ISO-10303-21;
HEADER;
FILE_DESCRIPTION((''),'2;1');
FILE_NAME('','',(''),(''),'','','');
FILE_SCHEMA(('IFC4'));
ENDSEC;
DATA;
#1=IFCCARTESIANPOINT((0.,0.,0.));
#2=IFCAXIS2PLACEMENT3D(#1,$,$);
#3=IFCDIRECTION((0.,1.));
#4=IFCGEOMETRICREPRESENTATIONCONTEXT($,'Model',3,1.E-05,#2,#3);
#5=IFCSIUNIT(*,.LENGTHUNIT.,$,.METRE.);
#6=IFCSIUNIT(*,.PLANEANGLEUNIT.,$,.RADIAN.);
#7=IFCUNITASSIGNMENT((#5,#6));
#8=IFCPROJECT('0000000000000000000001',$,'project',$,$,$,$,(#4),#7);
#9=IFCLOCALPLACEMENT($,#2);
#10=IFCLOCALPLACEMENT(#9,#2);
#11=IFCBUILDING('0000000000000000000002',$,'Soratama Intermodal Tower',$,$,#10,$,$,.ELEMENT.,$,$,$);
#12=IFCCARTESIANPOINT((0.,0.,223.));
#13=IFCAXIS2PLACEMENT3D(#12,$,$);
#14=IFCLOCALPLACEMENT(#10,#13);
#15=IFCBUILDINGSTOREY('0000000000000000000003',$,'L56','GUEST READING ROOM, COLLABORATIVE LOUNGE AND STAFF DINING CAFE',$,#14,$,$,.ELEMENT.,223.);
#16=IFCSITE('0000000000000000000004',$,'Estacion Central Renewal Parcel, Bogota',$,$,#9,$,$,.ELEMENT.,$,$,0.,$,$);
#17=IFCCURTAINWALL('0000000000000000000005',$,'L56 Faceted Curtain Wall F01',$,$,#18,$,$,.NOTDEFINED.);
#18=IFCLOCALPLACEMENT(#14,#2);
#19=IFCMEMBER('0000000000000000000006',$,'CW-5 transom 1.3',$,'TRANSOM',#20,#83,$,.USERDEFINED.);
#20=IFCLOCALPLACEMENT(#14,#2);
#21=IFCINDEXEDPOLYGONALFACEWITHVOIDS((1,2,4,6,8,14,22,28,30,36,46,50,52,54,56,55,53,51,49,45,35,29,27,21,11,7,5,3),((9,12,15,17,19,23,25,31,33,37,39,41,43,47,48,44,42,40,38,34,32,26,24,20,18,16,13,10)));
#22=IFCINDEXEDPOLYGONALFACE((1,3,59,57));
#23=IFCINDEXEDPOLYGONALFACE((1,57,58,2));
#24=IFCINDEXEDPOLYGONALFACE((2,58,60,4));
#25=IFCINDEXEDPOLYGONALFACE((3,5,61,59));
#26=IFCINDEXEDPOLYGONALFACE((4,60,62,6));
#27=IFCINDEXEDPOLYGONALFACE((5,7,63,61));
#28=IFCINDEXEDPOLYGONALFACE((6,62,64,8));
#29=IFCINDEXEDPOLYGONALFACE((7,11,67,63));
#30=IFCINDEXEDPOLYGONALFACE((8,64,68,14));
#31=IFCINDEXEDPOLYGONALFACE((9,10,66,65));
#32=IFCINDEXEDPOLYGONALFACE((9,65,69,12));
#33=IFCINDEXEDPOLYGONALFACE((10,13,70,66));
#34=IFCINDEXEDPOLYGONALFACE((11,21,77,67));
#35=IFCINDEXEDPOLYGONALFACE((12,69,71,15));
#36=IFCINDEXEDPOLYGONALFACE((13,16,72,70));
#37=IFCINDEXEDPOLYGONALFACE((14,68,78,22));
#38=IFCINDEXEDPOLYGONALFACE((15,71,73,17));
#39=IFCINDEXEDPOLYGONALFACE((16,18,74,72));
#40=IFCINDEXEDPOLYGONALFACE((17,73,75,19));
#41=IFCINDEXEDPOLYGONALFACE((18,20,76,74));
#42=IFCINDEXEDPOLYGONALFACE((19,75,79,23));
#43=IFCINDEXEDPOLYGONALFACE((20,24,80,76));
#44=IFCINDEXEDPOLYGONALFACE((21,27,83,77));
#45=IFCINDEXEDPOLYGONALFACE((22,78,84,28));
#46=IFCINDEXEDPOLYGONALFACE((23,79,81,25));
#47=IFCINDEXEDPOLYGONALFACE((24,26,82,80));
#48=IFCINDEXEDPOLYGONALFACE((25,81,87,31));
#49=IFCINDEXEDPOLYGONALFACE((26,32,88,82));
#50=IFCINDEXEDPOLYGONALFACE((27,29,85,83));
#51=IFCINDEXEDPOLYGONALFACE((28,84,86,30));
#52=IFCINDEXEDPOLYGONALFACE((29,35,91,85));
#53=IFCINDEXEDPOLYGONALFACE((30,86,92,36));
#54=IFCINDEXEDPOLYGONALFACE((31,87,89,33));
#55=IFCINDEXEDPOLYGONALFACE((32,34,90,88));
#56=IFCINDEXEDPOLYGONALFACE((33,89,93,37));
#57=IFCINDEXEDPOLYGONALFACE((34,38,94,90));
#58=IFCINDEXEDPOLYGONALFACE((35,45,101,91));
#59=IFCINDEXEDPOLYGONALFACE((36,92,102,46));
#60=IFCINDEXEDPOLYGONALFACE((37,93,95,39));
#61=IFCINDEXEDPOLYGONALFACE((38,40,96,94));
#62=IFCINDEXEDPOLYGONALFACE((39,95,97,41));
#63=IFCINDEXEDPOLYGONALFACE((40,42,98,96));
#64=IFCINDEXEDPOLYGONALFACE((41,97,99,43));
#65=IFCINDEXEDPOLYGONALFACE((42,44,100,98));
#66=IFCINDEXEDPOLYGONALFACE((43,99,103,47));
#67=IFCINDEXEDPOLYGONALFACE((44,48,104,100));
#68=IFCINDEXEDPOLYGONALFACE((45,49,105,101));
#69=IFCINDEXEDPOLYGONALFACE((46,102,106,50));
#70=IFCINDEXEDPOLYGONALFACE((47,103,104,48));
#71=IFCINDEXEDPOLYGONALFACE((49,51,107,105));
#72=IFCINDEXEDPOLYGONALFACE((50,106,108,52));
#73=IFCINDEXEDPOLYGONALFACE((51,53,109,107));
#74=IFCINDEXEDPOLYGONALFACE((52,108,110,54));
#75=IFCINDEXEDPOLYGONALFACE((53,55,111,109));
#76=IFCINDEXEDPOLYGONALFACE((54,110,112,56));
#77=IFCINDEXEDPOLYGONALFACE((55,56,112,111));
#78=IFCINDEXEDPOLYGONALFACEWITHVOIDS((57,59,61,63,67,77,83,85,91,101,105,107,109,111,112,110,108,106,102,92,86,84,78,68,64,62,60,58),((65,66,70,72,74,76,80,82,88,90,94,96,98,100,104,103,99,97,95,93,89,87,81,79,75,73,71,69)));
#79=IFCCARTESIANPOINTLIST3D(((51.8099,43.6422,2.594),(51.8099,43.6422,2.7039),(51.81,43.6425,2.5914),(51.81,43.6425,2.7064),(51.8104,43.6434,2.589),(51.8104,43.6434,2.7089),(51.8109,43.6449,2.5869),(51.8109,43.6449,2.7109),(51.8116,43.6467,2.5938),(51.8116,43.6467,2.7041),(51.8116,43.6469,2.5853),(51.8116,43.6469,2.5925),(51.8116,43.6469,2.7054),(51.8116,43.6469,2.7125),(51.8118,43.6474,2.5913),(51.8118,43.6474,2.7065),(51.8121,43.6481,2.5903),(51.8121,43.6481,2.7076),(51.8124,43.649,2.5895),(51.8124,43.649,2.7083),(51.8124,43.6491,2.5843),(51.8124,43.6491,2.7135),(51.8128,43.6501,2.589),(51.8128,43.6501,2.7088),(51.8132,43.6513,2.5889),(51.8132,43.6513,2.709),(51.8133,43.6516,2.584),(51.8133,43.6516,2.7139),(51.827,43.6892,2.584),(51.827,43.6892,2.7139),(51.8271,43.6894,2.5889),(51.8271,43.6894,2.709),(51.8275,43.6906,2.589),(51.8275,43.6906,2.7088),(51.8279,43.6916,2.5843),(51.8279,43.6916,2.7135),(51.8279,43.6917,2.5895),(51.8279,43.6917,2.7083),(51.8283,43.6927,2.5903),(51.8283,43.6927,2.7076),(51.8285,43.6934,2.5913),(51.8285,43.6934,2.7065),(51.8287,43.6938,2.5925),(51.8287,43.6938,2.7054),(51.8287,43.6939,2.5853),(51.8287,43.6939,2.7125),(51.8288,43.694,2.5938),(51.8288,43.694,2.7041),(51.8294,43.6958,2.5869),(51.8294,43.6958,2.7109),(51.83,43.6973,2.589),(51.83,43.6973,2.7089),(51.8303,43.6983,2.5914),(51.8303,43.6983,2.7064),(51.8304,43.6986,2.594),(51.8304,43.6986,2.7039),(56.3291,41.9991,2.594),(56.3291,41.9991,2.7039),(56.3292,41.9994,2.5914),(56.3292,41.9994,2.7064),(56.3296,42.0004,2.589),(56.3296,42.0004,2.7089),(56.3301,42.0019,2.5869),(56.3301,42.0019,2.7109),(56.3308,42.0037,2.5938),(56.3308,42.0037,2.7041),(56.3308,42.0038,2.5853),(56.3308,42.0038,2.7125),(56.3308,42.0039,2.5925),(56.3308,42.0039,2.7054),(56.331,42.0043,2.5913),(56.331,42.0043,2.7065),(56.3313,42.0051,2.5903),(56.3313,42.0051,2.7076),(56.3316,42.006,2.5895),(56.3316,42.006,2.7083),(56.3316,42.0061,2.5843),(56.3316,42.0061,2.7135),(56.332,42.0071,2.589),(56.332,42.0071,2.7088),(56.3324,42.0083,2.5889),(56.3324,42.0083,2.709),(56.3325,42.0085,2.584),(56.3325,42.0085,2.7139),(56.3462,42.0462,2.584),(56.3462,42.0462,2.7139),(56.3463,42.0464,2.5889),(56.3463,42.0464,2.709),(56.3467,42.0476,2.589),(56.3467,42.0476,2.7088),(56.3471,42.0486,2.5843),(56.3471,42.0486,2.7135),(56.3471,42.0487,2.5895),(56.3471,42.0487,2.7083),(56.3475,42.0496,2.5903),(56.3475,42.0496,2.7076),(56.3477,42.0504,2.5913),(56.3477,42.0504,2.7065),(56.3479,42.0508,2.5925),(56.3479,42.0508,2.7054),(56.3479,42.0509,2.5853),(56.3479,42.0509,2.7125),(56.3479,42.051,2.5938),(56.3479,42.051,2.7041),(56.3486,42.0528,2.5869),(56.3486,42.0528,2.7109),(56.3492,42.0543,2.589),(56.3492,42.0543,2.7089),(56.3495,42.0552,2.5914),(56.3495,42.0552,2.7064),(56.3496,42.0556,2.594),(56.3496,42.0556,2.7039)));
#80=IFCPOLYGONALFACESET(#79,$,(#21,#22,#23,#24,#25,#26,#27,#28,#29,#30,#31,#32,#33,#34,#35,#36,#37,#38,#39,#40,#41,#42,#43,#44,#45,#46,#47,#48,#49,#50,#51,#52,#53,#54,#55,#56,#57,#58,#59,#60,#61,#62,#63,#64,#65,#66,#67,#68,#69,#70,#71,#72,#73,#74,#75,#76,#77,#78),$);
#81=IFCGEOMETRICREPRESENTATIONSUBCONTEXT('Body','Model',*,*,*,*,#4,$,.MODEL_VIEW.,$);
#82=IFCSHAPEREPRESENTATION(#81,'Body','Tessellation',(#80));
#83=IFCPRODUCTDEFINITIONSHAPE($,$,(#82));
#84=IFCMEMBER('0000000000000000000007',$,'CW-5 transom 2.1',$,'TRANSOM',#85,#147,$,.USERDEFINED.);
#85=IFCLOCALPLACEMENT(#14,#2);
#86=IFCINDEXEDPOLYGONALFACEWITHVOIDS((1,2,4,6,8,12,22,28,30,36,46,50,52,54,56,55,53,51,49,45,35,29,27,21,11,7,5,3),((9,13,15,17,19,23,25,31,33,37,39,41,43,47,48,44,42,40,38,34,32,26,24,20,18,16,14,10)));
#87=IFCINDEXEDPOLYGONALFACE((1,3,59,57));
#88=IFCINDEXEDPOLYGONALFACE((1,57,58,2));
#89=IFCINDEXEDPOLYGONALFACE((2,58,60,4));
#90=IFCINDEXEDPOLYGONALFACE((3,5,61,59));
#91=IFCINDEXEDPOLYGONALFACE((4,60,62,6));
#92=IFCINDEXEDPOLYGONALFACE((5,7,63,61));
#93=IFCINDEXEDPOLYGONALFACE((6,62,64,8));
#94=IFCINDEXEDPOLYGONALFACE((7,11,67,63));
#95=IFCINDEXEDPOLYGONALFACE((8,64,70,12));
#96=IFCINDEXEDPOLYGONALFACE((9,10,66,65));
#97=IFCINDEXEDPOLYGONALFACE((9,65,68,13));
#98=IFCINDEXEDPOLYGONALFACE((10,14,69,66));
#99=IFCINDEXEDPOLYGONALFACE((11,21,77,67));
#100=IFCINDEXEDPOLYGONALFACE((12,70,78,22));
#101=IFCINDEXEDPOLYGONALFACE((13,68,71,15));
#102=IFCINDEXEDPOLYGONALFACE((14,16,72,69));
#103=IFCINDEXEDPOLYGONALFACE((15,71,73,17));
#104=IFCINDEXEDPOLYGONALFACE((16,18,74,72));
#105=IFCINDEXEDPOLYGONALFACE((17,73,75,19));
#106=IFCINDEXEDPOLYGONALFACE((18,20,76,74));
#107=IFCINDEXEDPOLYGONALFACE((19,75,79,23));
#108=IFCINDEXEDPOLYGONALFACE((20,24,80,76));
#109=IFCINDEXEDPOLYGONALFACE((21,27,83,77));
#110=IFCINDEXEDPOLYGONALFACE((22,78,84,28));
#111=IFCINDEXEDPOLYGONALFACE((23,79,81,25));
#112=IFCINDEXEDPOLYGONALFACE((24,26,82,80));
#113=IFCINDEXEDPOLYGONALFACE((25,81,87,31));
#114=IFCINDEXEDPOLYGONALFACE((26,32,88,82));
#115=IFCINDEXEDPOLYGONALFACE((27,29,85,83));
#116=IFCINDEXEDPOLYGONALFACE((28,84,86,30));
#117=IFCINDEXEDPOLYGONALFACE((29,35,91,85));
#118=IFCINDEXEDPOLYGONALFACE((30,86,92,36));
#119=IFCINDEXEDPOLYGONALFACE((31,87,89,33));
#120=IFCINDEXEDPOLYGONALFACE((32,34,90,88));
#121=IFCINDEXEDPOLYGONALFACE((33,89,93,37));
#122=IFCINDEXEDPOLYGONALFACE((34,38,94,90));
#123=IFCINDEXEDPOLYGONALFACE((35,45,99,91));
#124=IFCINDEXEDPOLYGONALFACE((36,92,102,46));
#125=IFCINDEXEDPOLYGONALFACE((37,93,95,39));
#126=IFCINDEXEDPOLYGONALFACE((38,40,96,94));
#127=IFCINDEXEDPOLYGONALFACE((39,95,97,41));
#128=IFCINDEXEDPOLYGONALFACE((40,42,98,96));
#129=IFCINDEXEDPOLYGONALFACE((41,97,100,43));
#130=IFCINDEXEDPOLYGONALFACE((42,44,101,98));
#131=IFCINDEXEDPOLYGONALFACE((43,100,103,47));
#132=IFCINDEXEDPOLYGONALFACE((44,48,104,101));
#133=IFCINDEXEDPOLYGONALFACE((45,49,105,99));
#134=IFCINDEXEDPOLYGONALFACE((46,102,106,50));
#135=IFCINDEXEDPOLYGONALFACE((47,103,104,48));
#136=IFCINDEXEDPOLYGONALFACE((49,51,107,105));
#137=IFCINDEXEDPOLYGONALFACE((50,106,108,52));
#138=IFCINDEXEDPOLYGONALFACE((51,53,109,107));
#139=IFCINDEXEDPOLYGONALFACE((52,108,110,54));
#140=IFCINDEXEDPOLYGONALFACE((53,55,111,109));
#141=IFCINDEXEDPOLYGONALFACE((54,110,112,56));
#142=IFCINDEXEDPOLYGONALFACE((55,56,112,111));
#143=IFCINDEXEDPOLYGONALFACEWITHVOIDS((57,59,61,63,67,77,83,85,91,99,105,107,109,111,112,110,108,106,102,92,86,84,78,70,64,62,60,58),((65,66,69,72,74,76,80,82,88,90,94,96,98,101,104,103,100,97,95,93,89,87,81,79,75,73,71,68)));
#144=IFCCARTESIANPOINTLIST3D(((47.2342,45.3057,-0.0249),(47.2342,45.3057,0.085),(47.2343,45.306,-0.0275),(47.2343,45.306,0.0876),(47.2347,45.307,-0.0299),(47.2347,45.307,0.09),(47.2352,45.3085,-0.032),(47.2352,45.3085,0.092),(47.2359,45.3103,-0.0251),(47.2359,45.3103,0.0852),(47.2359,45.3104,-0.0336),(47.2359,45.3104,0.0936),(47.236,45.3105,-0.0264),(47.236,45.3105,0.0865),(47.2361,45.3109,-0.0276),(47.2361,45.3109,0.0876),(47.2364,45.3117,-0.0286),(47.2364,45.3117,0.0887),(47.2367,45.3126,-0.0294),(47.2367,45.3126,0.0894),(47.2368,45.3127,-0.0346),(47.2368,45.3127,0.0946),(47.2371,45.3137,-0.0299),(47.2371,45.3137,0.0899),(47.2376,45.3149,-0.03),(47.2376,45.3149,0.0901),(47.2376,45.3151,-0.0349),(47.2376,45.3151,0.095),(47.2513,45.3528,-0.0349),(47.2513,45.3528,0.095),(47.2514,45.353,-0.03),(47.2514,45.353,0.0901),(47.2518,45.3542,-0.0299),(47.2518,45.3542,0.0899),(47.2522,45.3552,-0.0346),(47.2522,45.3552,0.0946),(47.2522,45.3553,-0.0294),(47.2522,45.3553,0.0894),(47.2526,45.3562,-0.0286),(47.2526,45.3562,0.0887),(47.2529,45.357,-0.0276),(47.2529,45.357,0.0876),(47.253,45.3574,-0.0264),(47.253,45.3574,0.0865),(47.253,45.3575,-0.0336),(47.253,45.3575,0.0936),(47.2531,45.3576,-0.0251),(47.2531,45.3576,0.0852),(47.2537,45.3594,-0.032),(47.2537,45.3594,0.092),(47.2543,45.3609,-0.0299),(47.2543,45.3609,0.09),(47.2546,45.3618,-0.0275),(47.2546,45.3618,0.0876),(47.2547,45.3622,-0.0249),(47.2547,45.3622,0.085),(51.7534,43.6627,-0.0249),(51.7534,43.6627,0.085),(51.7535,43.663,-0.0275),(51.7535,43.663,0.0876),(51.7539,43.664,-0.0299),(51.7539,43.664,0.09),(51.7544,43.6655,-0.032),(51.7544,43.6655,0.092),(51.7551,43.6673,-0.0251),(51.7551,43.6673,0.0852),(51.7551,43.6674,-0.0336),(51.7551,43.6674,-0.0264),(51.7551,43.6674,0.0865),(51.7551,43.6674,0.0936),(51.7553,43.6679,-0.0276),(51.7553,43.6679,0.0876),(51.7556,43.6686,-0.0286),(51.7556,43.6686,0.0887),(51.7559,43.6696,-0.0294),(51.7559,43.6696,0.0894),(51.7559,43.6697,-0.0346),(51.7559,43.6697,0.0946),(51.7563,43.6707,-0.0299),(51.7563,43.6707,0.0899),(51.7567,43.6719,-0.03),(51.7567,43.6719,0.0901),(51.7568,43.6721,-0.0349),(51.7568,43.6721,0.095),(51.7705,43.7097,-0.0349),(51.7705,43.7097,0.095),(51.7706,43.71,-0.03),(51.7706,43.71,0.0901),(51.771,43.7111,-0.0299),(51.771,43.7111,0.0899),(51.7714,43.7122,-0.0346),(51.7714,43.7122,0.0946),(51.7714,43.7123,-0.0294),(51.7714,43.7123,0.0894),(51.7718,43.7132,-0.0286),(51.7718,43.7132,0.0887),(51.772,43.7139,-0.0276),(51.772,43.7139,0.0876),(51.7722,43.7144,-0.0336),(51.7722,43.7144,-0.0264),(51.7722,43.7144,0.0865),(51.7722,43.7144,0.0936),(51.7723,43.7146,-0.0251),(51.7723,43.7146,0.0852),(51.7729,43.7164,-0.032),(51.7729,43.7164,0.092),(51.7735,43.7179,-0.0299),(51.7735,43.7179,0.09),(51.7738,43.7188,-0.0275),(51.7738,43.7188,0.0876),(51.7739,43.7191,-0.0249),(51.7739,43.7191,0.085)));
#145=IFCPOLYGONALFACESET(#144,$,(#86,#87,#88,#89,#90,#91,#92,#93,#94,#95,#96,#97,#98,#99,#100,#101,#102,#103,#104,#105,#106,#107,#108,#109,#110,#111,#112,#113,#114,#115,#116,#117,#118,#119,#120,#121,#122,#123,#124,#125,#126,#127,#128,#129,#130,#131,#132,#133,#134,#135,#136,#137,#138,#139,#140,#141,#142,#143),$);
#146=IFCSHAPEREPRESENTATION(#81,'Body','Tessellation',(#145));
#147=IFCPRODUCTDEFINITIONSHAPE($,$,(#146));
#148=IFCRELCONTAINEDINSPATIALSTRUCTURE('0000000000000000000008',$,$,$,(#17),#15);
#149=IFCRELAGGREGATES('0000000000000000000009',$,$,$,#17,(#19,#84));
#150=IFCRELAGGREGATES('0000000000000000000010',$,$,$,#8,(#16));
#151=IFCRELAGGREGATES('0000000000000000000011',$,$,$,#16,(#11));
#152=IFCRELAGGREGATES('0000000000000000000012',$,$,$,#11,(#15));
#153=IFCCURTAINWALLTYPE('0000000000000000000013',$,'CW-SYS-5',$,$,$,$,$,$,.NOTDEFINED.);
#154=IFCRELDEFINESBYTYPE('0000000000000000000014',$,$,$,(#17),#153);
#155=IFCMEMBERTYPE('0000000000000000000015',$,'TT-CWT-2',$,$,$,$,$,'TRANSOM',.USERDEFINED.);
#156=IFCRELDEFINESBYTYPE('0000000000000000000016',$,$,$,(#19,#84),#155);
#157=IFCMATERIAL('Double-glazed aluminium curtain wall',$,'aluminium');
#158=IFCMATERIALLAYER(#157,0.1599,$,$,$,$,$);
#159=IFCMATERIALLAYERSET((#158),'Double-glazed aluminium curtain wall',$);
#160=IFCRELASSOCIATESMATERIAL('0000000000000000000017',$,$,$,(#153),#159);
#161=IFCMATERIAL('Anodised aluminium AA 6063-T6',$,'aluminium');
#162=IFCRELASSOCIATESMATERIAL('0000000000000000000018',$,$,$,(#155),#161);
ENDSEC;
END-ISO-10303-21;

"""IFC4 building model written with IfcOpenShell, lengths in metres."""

from ifc_helpers import new_model, si_unit, direction, frame, origin, origin_2d, place, context, subcontext, project, spatial, hollow_rectangle, extrude, material, layer, layer_set, material_profile, profile_set, type_object, element, aggregate, save


model = new_model("IFC4")

# Units and contexts
model_context = context("Model", 3, precision=1e-05, world=origin(), true_north=direction((0.0, 1.0)))
body_context = subcontext(model_context, "Body", "Model", "MODEL_VIEW")
ifc_project = project(units=[si_unit("LENGTHUNIT", "METRE"), si_unit("PLANEANGLEUNIT", "RADIAN")], contexts=[model_context])

# Site, building, storey
site_placement = place(None, origin())
site = spatial("IfcSite", under=ifc_project, at=site_placement, Name="Estacion Central Renewal Parcel, Bogota", CompositionType="ELEMENT", RefElevation=0.0)
building_placement = place(site_placement, origin())
building = spatial("IfcBuilding", under=site, at=building_placement, Name="Soratama Intermodal Tower", CompositionType="ELEMENT")
storey_placement = place(building_placement, frame((0.0, 0.0, 223.0)))
storey = spatial("IfcBuildingStorey", under=building, at=storey_placement, Name="L56", Description="GUEST READING ROOM, COLLABORATIVE LOUNGE AND STAFF DINING CAFE", CompositionType="ELEMENT", Elevation=223.0)

# Curtain wall
ifc_material_1 = material(Name="Double-glazed aluminium curtain wall", Category="aluminium")
ifc_layer_1 = layer(ifc_material_1, 0.1599)
ifc_layer_set_1 = layer_set([ifc_layer_1], Name="Double-glazed aluminium curtain wall")
curtain_wall_type = type_object("IfcCurtainWallType", Name="CW-SYS-5", PredefinedType="NOTDEFINED", material=ifc_layer_set_1)
curtain_wall_1_placement = place(storey_placement, origin())
curtain_wall_1 = element("IfcCurtainWall", 1, at=curtain_wall_1_placement, inside=storey, type_object=curtain_wall_type, Name="L56 Faceted Curtain Wall F01", PredefinedType="NOTDEFINED")

# Members
ifc_material_2 = material(Name="Anodised aluminium AA 6063-T6", Category="aluminium")
ifc_material_profile_1 = material_profile(ifc_material_2, hollow_rectangle(XDim=0.0601, YDim=0.1299, WallThickness=0.0049, InnerFilletRadius=0.0049, OuterFilletRadius=0.01, at=origin_2d()), Name="CWT130X60X5")
ifc_profile_set_1 = profile_set([ifc_material_profile_1], Name="Anodised aluminium AA 6063-T6")
member_type_1 = type_object("IfcMemberType", Name="TT-CWT-2", ElementType="TRANSOM", PredefinedType="USERDEFINED", material=ifc_profile_set_1)
member_1_placement = place(storey_placement, frame((56.3394, 42.0273, 2.6489), z_axis=(-0.939814, 0.341686, 0.0), x_axis=(-0.341686, -0.939814, 0.0)))
member_1 = element("IfcMember", 2, at=member_1_placement, type_object=member_type_1, Name="CW-5 transom 1.3", ObjectType="TRANSOM", PredefinedType="USERDEFINED", context=body_context, shape_type="SweptSolid", body=[
    extrude(hollow_rectangle(XDim=0.0601, YDim=0.1299, WallThickness=0.0049, InnerFilletRadius=0.0049, OuterFilletRadius=0.01, at=origin_2d()), origin(), (0.0, 0.0, 1.0), 4.8086),
])
member_2_placement = place(storey_placement, frame((51.7637, 43.6909, 0.03), z_axis=(-0.939814, 0.341686, 0.0), x_axis=(-0.341686, -0.939814, 0.0)))
member_2 = element("IfcMember", 3, at=member_2_placement, type_object=member_type_1, Name="CW-5 transom 2.1", ObjectType="TRANSOM", PredefinedType="USERDEFINED", context=body_context, shape_type="SweptSolid", body=[
    extrude(hollow_rectangle(XDim=0.0601, YDim=0.1299, WallThickness=0.0049, InnerFilletRadius=0.0049, OuterFilletRadius=0.01, at=origin_2d()), origin(), (0.0, 0.0, 1.0), 4.8086),
])

aggregate(curtain_wall_1, [member_1, member_2])

save(model, "model.ifc")
